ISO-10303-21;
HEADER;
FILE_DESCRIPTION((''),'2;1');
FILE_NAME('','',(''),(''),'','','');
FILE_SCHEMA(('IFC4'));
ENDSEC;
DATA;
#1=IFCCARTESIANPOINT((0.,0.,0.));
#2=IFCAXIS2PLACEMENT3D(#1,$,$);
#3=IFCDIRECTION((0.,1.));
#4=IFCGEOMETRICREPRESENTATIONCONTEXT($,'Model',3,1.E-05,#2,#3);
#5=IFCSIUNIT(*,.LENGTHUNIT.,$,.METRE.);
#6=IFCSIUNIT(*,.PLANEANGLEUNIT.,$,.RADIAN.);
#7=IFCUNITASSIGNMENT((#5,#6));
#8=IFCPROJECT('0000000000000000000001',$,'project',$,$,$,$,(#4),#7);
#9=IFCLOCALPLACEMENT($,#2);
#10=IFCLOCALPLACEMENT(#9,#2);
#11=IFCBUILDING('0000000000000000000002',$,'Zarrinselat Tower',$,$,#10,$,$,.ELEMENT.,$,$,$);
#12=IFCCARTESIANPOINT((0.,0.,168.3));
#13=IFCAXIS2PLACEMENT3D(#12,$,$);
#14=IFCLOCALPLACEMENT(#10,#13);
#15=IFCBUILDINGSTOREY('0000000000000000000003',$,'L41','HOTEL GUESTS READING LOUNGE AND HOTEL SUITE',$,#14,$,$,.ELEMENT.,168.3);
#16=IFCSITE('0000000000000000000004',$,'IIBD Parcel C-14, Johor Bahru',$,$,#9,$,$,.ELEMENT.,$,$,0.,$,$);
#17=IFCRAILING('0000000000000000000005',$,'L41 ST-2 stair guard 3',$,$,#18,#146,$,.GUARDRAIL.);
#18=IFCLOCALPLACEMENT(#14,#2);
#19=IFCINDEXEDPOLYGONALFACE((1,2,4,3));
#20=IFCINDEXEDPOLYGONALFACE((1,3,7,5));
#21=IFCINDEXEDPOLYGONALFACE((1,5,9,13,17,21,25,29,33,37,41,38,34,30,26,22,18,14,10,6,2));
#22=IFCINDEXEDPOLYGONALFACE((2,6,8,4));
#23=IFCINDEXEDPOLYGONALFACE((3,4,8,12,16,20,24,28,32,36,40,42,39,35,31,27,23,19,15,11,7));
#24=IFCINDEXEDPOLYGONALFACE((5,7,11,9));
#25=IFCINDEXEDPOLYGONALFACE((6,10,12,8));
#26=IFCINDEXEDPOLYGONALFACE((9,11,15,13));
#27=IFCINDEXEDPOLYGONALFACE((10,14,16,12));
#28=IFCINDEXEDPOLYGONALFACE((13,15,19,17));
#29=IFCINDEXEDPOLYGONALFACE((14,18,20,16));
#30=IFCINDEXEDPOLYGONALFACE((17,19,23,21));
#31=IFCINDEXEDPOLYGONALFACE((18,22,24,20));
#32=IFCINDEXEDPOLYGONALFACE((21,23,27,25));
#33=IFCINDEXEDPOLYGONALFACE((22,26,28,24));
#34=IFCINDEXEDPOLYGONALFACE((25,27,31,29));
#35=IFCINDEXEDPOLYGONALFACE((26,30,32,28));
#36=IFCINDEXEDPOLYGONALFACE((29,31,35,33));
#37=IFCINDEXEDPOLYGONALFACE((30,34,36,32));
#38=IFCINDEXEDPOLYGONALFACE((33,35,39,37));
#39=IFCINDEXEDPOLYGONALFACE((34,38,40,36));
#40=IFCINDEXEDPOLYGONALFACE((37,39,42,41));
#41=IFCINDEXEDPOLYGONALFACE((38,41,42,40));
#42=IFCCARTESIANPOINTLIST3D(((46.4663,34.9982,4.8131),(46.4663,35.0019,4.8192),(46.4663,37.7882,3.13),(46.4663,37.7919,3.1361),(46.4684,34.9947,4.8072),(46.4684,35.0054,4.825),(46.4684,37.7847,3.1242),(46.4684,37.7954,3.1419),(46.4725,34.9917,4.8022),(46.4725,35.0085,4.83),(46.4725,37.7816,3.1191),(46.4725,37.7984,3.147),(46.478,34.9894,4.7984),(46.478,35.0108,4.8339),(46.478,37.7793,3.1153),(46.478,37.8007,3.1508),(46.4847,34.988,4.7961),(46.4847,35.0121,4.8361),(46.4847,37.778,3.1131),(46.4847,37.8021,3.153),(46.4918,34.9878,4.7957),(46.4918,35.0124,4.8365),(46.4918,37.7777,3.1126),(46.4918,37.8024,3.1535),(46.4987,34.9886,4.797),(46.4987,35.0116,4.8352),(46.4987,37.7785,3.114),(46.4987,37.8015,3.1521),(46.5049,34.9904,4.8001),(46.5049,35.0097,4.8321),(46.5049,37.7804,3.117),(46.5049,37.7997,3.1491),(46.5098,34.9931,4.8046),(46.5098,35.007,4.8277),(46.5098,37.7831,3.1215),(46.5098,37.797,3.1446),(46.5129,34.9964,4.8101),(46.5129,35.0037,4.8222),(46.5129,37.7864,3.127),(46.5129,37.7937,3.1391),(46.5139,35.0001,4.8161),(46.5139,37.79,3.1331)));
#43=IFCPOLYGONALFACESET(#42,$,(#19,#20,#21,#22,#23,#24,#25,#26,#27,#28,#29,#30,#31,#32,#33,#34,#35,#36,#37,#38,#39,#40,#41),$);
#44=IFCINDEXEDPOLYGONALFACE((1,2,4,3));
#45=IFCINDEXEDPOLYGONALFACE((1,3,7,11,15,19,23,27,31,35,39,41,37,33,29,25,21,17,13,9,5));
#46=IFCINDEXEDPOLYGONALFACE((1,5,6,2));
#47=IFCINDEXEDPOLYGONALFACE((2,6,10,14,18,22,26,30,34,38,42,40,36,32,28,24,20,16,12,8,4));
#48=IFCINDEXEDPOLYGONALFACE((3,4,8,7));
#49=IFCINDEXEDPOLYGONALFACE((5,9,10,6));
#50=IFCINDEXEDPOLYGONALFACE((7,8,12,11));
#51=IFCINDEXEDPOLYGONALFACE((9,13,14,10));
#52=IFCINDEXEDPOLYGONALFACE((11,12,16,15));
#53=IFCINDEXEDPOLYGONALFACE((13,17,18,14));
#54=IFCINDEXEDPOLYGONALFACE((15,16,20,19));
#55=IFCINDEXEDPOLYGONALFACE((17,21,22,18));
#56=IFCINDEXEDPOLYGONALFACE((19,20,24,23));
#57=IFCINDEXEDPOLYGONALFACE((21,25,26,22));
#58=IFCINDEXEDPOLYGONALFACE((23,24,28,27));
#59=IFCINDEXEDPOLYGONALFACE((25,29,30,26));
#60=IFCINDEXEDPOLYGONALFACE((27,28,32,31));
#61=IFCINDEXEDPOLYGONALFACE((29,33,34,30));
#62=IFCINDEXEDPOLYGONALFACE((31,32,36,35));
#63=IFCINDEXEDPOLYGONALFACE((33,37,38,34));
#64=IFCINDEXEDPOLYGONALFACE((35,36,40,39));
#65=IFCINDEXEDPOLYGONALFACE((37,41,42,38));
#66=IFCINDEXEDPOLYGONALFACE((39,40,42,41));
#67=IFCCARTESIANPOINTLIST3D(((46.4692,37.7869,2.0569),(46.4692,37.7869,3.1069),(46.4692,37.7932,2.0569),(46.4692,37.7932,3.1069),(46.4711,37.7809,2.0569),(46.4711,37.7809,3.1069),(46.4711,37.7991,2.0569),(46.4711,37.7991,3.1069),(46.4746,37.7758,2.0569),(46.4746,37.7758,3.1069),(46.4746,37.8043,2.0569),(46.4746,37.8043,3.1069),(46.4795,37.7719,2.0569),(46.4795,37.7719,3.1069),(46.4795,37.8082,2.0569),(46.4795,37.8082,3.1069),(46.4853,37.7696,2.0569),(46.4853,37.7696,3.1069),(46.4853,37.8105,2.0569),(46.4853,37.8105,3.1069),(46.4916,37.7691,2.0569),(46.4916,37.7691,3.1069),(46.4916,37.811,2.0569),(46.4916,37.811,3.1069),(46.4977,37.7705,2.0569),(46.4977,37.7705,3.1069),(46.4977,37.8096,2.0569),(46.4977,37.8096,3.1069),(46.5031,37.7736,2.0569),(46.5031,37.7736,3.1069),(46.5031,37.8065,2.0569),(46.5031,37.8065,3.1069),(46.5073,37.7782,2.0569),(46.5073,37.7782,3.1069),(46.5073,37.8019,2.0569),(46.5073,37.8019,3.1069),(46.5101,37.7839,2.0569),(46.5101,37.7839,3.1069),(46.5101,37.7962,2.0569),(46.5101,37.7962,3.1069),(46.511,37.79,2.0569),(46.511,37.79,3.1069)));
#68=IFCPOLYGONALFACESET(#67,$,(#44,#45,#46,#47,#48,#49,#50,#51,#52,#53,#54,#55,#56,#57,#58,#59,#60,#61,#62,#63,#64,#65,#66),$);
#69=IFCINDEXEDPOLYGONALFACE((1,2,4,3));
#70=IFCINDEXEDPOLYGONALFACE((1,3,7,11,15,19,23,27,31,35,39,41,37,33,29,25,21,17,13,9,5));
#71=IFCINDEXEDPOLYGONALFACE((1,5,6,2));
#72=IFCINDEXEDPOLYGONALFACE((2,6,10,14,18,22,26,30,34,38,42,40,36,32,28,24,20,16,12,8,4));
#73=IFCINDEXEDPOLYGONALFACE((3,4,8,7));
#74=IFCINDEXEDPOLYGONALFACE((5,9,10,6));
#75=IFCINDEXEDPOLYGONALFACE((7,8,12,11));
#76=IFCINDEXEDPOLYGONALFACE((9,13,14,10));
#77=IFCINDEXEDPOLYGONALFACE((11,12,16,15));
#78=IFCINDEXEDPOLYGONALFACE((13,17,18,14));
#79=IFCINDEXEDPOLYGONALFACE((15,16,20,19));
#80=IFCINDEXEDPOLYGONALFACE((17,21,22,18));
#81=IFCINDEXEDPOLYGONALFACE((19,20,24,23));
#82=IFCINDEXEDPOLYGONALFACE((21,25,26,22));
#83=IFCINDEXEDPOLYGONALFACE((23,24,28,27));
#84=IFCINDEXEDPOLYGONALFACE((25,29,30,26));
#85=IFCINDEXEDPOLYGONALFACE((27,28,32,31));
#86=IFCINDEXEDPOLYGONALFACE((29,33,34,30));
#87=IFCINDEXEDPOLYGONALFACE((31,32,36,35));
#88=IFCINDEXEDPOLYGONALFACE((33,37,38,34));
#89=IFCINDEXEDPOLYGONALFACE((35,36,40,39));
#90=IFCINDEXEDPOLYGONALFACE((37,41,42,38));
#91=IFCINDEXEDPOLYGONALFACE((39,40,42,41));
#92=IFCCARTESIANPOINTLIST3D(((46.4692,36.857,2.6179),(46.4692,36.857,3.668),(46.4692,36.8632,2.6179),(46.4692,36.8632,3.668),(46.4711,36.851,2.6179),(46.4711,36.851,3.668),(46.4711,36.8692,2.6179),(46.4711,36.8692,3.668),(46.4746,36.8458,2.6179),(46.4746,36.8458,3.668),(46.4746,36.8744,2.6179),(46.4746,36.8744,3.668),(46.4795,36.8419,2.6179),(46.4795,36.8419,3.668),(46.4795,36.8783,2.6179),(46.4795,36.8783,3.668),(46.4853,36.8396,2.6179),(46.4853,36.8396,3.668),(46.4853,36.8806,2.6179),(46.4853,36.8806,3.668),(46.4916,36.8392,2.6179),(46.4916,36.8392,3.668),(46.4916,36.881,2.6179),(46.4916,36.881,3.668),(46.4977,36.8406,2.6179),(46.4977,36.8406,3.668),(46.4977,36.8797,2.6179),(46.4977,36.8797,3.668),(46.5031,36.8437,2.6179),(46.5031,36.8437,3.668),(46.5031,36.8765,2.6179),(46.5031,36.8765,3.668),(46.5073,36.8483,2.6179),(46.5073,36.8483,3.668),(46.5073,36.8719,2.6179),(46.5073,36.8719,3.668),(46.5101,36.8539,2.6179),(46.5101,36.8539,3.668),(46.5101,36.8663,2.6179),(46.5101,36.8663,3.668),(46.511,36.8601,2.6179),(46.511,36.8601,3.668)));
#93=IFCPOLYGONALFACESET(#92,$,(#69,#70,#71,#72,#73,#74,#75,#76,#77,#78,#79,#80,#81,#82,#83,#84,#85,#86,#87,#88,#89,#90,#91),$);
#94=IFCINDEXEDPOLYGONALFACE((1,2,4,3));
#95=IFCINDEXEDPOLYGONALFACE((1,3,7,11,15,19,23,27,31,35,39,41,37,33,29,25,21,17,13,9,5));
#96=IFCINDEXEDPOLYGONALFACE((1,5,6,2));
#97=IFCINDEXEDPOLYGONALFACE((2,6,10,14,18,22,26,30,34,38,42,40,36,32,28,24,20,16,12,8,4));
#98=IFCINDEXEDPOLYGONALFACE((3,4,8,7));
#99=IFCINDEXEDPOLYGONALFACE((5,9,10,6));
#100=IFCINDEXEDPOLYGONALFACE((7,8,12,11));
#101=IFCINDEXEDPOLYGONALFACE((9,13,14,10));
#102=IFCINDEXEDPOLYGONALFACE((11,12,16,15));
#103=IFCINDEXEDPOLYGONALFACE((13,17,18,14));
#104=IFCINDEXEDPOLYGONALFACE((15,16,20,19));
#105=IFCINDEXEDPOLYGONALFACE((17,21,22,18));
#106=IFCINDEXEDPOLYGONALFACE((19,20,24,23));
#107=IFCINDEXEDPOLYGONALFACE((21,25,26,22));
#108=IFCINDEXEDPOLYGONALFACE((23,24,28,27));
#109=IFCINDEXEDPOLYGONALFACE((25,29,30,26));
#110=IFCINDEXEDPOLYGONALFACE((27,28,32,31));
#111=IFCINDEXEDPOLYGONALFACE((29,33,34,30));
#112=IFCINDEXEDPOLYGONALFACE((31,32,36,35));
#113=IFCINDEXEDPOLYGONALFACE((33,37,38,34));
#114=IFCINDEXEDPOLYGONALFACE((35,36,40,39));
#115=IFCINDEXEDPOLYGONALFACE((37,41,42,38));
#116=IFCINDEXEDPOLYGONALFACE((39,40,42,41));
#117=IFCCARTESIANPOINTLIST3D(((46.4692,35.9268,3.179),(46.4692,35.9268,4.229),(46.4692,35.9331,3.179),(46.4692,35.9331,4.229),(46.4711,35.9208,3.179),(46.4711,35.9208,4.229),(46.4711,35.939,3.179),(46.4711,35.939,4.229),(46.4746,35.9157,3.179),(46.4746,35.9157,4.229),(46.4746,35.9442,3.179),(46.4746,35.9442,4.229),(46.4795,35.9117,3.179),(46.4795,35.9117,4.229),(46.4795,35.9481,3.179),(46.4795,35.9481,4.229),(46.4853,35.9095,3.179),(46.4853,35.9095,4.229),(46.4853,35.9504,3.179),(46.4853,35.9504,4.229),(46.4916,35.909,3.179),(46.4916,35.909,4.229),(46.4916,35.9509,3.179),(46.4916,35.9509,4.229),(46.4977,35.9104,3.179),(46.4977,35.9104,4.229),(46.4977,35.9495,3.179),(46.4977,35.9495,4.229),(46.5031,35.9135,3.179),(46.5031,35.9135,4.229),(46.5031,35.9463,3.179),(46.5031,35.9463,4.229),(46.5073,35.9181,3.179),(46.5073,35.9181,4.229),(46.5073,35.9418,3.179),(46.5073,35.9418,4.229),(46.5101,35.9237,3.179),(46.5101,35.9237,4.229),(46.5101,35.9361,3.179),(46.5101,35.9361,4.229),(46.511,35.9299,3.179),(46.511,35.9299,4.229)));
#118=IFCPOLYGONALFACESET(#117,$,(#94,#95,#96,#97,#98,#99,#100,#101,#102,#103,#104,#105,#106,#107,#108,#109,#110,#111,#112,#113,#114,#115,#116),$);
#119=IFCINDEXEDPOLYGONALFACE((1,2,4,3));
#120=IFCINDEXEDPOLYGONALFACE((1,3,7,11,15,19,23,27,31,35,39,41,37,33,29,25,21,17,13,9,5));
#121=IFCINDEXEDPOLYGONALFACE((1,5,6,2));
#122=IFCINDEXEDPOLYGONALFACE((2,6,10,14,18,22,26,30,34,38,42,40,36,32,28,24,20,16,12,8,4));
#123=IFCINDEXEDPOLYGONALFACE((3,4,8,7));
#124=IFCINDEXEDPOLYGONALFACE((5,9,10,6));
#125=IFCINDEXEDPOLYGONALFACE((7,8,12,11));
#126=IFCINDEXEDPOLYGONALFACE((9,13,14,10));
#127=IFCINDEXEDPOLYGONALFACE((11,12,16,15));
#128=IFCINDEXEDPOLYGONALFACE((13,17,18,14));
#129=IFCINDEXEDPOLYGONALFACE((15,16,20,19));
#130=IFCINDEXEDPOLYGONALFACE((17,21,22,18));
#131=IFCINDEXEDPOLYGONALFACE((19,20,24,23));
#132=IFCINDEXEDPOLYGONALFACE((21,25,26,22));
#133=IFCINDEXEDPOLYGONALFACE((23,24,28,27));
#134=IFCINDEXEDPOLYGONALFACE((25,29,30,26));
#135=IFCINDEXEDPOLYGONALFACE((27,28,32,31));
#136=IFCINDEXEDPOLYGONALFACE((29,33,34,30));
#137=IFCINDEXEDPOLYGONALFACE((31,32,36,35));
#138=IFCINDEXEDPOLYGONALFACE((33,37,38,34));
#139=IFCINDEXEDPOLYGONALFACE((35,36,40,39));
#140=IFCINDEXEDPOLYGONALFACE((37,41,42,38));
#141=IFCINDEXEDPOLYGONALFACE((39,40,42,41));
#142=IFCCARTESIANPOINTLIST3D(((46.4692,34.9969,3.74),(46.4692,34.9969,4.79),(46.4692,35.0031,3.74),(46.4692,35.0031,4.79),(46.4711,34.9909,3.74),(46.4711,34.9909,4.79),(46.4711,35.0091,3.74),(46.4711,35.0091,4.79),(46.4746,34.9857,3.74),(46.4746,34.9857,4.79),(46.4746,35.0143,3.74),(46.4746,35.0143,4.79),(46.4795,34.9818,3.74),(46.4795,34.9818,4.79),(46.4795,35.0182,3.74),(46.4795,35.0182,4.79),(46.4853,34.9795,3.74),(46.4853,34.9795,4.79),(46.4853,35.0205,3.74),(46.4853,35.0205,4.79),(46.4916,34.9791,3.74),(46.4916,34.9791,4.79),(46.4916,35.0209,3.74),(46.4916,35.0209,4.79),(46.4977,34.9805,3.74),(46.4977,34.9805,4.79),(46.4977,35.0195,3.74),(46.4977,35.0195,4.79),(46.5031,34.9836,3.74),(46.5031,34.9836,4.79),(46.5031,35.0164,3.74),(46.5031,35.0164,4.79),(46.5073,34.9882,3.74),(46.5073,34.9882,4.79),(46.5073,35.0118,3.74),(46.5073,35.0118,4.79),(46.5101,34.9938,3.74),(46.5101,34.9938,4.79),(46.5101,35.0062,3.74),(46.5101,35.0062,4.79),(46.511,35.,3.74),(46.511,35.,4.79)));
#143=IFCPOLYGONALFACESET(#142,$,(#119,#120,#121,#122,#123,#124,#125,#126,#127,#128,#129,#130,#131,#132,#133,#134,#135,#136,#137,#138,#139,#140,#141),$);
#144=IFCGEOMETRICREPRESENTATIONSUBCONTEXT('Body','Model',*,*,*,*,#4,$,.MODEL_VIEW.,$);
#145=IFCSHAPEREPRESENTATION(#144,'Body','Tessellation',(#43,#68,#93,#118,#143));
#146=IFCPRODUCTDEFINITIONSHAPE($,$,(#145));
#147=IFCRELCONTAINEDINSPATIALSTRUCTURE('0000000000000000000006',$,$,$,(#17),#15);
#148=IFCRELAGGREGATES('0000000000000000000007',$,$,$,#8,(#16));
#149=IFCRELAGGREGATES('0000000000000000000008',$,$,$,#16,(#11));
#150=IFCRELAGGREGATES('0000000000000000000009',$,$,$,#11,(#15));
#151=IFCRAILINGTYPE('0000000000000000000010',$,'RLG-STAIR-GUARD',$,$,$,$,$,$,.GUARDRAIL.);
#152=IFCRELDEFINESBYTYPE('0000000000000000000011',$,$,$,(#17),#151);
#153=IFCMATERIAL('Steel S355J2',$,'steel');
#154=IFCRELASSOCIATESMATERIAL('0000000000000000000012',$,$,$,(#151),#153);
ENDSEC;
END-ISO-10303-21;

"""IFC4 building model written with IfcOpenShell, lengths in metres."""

from ifc_helpers import new_model, si_unit, direction, frame, origin, origin_2d, place, context, subcontext, project, spatial, circle, extrude, material, type_object, element, save


model = new_model("IFC4")

# Units and contexts
model_context = context("Model", 3, precision=1e-05, world=origin(), true_north=direction((0.0, 1.0)))
body_context = subcontext(model_context, "Body", "Model", "MODEL_VIEW")
ifc_project = project(units=[si_unit("LENGTHUNIT", "METRE"), si_unit("PLANEANGLEUNIT", "RADIAN")], contexts=[model_context])

# Site, building, storey
site_placement = place(None, origin())
site = spatial("IfcSite", under=ifc_project, at=site_placement, Name="IIBD Parcel C-14, Johor Bahru", CompositionType="ELEMENT", RefElevation=0.0)
building_placement = place(site_placement, origin())
building = spatial("IfcBuilding", under=site, at=building_placement, Name="Zarrinselat Tower", CompositionType="ELEMENT")
storey_placement = place(building_placement, frame((0.0, 0.0, 168.3)))
storey = spatial("IfcBuildingStorey", under=building, at=storey_placement, Name="L41", Description="HOTEL GUESTS READING LOUNGE AND HOTEL SUITE", CompositionType="ELEMENT", Elevation=168.3)

# Railing
ifc_material_1 = material(Name="Steel S355J2", Category="steel")
railing_type_1 = type_object("IfcRailingType", Name="RLG-STAIR-GUARD", PredefinedType="GUARDRAIL", material=ifc_material_1)
railing_1_placement = place(storey_placement, frame((46.49, 37.79, 2.0569)))
element("IfcRailing", 1, at=railing_1_placement, inside=storey, type_object=railing_type_1, Name="L41 ST-2 stair guard 3", PredefinedType="GUARDRAIL", context=body_context, shape_type="SweptSolid", body=[
    extrude(circle(Radius=0.0239, at=origin_2d()), frame((0.0, 0.0, 1.0762), z_axis=(0.0, -0.856261, 0.516544), x_axis=(1.0, 0.0, 0.0)), (0.0, 0.0, 1.0), 3.2583),
    extrude(circle(Radius=0.021, at=origin_2d()), origin(), (0.0, 0.0, 1.0), 1.05),
    extrude(circle(Radius=0.021, at=origin_2d()), frame((0.0, -0.9299, 0.561)), (0.0, 0.0, 1.0), 1.05),
    extrude(circle(Radius=0.021, at=origin_2d()), frame((0.0, -1.8601, 1.1221)), (0.0, 0.0, 1.0), 1.05),
    extrude(circle(Radius=0.021, at=origin_2d()), frame((0.0, -2.79, 1.6831)), (0.0, 0.0, 1.0), 1.05),
])

save(model, "model.ifc")
